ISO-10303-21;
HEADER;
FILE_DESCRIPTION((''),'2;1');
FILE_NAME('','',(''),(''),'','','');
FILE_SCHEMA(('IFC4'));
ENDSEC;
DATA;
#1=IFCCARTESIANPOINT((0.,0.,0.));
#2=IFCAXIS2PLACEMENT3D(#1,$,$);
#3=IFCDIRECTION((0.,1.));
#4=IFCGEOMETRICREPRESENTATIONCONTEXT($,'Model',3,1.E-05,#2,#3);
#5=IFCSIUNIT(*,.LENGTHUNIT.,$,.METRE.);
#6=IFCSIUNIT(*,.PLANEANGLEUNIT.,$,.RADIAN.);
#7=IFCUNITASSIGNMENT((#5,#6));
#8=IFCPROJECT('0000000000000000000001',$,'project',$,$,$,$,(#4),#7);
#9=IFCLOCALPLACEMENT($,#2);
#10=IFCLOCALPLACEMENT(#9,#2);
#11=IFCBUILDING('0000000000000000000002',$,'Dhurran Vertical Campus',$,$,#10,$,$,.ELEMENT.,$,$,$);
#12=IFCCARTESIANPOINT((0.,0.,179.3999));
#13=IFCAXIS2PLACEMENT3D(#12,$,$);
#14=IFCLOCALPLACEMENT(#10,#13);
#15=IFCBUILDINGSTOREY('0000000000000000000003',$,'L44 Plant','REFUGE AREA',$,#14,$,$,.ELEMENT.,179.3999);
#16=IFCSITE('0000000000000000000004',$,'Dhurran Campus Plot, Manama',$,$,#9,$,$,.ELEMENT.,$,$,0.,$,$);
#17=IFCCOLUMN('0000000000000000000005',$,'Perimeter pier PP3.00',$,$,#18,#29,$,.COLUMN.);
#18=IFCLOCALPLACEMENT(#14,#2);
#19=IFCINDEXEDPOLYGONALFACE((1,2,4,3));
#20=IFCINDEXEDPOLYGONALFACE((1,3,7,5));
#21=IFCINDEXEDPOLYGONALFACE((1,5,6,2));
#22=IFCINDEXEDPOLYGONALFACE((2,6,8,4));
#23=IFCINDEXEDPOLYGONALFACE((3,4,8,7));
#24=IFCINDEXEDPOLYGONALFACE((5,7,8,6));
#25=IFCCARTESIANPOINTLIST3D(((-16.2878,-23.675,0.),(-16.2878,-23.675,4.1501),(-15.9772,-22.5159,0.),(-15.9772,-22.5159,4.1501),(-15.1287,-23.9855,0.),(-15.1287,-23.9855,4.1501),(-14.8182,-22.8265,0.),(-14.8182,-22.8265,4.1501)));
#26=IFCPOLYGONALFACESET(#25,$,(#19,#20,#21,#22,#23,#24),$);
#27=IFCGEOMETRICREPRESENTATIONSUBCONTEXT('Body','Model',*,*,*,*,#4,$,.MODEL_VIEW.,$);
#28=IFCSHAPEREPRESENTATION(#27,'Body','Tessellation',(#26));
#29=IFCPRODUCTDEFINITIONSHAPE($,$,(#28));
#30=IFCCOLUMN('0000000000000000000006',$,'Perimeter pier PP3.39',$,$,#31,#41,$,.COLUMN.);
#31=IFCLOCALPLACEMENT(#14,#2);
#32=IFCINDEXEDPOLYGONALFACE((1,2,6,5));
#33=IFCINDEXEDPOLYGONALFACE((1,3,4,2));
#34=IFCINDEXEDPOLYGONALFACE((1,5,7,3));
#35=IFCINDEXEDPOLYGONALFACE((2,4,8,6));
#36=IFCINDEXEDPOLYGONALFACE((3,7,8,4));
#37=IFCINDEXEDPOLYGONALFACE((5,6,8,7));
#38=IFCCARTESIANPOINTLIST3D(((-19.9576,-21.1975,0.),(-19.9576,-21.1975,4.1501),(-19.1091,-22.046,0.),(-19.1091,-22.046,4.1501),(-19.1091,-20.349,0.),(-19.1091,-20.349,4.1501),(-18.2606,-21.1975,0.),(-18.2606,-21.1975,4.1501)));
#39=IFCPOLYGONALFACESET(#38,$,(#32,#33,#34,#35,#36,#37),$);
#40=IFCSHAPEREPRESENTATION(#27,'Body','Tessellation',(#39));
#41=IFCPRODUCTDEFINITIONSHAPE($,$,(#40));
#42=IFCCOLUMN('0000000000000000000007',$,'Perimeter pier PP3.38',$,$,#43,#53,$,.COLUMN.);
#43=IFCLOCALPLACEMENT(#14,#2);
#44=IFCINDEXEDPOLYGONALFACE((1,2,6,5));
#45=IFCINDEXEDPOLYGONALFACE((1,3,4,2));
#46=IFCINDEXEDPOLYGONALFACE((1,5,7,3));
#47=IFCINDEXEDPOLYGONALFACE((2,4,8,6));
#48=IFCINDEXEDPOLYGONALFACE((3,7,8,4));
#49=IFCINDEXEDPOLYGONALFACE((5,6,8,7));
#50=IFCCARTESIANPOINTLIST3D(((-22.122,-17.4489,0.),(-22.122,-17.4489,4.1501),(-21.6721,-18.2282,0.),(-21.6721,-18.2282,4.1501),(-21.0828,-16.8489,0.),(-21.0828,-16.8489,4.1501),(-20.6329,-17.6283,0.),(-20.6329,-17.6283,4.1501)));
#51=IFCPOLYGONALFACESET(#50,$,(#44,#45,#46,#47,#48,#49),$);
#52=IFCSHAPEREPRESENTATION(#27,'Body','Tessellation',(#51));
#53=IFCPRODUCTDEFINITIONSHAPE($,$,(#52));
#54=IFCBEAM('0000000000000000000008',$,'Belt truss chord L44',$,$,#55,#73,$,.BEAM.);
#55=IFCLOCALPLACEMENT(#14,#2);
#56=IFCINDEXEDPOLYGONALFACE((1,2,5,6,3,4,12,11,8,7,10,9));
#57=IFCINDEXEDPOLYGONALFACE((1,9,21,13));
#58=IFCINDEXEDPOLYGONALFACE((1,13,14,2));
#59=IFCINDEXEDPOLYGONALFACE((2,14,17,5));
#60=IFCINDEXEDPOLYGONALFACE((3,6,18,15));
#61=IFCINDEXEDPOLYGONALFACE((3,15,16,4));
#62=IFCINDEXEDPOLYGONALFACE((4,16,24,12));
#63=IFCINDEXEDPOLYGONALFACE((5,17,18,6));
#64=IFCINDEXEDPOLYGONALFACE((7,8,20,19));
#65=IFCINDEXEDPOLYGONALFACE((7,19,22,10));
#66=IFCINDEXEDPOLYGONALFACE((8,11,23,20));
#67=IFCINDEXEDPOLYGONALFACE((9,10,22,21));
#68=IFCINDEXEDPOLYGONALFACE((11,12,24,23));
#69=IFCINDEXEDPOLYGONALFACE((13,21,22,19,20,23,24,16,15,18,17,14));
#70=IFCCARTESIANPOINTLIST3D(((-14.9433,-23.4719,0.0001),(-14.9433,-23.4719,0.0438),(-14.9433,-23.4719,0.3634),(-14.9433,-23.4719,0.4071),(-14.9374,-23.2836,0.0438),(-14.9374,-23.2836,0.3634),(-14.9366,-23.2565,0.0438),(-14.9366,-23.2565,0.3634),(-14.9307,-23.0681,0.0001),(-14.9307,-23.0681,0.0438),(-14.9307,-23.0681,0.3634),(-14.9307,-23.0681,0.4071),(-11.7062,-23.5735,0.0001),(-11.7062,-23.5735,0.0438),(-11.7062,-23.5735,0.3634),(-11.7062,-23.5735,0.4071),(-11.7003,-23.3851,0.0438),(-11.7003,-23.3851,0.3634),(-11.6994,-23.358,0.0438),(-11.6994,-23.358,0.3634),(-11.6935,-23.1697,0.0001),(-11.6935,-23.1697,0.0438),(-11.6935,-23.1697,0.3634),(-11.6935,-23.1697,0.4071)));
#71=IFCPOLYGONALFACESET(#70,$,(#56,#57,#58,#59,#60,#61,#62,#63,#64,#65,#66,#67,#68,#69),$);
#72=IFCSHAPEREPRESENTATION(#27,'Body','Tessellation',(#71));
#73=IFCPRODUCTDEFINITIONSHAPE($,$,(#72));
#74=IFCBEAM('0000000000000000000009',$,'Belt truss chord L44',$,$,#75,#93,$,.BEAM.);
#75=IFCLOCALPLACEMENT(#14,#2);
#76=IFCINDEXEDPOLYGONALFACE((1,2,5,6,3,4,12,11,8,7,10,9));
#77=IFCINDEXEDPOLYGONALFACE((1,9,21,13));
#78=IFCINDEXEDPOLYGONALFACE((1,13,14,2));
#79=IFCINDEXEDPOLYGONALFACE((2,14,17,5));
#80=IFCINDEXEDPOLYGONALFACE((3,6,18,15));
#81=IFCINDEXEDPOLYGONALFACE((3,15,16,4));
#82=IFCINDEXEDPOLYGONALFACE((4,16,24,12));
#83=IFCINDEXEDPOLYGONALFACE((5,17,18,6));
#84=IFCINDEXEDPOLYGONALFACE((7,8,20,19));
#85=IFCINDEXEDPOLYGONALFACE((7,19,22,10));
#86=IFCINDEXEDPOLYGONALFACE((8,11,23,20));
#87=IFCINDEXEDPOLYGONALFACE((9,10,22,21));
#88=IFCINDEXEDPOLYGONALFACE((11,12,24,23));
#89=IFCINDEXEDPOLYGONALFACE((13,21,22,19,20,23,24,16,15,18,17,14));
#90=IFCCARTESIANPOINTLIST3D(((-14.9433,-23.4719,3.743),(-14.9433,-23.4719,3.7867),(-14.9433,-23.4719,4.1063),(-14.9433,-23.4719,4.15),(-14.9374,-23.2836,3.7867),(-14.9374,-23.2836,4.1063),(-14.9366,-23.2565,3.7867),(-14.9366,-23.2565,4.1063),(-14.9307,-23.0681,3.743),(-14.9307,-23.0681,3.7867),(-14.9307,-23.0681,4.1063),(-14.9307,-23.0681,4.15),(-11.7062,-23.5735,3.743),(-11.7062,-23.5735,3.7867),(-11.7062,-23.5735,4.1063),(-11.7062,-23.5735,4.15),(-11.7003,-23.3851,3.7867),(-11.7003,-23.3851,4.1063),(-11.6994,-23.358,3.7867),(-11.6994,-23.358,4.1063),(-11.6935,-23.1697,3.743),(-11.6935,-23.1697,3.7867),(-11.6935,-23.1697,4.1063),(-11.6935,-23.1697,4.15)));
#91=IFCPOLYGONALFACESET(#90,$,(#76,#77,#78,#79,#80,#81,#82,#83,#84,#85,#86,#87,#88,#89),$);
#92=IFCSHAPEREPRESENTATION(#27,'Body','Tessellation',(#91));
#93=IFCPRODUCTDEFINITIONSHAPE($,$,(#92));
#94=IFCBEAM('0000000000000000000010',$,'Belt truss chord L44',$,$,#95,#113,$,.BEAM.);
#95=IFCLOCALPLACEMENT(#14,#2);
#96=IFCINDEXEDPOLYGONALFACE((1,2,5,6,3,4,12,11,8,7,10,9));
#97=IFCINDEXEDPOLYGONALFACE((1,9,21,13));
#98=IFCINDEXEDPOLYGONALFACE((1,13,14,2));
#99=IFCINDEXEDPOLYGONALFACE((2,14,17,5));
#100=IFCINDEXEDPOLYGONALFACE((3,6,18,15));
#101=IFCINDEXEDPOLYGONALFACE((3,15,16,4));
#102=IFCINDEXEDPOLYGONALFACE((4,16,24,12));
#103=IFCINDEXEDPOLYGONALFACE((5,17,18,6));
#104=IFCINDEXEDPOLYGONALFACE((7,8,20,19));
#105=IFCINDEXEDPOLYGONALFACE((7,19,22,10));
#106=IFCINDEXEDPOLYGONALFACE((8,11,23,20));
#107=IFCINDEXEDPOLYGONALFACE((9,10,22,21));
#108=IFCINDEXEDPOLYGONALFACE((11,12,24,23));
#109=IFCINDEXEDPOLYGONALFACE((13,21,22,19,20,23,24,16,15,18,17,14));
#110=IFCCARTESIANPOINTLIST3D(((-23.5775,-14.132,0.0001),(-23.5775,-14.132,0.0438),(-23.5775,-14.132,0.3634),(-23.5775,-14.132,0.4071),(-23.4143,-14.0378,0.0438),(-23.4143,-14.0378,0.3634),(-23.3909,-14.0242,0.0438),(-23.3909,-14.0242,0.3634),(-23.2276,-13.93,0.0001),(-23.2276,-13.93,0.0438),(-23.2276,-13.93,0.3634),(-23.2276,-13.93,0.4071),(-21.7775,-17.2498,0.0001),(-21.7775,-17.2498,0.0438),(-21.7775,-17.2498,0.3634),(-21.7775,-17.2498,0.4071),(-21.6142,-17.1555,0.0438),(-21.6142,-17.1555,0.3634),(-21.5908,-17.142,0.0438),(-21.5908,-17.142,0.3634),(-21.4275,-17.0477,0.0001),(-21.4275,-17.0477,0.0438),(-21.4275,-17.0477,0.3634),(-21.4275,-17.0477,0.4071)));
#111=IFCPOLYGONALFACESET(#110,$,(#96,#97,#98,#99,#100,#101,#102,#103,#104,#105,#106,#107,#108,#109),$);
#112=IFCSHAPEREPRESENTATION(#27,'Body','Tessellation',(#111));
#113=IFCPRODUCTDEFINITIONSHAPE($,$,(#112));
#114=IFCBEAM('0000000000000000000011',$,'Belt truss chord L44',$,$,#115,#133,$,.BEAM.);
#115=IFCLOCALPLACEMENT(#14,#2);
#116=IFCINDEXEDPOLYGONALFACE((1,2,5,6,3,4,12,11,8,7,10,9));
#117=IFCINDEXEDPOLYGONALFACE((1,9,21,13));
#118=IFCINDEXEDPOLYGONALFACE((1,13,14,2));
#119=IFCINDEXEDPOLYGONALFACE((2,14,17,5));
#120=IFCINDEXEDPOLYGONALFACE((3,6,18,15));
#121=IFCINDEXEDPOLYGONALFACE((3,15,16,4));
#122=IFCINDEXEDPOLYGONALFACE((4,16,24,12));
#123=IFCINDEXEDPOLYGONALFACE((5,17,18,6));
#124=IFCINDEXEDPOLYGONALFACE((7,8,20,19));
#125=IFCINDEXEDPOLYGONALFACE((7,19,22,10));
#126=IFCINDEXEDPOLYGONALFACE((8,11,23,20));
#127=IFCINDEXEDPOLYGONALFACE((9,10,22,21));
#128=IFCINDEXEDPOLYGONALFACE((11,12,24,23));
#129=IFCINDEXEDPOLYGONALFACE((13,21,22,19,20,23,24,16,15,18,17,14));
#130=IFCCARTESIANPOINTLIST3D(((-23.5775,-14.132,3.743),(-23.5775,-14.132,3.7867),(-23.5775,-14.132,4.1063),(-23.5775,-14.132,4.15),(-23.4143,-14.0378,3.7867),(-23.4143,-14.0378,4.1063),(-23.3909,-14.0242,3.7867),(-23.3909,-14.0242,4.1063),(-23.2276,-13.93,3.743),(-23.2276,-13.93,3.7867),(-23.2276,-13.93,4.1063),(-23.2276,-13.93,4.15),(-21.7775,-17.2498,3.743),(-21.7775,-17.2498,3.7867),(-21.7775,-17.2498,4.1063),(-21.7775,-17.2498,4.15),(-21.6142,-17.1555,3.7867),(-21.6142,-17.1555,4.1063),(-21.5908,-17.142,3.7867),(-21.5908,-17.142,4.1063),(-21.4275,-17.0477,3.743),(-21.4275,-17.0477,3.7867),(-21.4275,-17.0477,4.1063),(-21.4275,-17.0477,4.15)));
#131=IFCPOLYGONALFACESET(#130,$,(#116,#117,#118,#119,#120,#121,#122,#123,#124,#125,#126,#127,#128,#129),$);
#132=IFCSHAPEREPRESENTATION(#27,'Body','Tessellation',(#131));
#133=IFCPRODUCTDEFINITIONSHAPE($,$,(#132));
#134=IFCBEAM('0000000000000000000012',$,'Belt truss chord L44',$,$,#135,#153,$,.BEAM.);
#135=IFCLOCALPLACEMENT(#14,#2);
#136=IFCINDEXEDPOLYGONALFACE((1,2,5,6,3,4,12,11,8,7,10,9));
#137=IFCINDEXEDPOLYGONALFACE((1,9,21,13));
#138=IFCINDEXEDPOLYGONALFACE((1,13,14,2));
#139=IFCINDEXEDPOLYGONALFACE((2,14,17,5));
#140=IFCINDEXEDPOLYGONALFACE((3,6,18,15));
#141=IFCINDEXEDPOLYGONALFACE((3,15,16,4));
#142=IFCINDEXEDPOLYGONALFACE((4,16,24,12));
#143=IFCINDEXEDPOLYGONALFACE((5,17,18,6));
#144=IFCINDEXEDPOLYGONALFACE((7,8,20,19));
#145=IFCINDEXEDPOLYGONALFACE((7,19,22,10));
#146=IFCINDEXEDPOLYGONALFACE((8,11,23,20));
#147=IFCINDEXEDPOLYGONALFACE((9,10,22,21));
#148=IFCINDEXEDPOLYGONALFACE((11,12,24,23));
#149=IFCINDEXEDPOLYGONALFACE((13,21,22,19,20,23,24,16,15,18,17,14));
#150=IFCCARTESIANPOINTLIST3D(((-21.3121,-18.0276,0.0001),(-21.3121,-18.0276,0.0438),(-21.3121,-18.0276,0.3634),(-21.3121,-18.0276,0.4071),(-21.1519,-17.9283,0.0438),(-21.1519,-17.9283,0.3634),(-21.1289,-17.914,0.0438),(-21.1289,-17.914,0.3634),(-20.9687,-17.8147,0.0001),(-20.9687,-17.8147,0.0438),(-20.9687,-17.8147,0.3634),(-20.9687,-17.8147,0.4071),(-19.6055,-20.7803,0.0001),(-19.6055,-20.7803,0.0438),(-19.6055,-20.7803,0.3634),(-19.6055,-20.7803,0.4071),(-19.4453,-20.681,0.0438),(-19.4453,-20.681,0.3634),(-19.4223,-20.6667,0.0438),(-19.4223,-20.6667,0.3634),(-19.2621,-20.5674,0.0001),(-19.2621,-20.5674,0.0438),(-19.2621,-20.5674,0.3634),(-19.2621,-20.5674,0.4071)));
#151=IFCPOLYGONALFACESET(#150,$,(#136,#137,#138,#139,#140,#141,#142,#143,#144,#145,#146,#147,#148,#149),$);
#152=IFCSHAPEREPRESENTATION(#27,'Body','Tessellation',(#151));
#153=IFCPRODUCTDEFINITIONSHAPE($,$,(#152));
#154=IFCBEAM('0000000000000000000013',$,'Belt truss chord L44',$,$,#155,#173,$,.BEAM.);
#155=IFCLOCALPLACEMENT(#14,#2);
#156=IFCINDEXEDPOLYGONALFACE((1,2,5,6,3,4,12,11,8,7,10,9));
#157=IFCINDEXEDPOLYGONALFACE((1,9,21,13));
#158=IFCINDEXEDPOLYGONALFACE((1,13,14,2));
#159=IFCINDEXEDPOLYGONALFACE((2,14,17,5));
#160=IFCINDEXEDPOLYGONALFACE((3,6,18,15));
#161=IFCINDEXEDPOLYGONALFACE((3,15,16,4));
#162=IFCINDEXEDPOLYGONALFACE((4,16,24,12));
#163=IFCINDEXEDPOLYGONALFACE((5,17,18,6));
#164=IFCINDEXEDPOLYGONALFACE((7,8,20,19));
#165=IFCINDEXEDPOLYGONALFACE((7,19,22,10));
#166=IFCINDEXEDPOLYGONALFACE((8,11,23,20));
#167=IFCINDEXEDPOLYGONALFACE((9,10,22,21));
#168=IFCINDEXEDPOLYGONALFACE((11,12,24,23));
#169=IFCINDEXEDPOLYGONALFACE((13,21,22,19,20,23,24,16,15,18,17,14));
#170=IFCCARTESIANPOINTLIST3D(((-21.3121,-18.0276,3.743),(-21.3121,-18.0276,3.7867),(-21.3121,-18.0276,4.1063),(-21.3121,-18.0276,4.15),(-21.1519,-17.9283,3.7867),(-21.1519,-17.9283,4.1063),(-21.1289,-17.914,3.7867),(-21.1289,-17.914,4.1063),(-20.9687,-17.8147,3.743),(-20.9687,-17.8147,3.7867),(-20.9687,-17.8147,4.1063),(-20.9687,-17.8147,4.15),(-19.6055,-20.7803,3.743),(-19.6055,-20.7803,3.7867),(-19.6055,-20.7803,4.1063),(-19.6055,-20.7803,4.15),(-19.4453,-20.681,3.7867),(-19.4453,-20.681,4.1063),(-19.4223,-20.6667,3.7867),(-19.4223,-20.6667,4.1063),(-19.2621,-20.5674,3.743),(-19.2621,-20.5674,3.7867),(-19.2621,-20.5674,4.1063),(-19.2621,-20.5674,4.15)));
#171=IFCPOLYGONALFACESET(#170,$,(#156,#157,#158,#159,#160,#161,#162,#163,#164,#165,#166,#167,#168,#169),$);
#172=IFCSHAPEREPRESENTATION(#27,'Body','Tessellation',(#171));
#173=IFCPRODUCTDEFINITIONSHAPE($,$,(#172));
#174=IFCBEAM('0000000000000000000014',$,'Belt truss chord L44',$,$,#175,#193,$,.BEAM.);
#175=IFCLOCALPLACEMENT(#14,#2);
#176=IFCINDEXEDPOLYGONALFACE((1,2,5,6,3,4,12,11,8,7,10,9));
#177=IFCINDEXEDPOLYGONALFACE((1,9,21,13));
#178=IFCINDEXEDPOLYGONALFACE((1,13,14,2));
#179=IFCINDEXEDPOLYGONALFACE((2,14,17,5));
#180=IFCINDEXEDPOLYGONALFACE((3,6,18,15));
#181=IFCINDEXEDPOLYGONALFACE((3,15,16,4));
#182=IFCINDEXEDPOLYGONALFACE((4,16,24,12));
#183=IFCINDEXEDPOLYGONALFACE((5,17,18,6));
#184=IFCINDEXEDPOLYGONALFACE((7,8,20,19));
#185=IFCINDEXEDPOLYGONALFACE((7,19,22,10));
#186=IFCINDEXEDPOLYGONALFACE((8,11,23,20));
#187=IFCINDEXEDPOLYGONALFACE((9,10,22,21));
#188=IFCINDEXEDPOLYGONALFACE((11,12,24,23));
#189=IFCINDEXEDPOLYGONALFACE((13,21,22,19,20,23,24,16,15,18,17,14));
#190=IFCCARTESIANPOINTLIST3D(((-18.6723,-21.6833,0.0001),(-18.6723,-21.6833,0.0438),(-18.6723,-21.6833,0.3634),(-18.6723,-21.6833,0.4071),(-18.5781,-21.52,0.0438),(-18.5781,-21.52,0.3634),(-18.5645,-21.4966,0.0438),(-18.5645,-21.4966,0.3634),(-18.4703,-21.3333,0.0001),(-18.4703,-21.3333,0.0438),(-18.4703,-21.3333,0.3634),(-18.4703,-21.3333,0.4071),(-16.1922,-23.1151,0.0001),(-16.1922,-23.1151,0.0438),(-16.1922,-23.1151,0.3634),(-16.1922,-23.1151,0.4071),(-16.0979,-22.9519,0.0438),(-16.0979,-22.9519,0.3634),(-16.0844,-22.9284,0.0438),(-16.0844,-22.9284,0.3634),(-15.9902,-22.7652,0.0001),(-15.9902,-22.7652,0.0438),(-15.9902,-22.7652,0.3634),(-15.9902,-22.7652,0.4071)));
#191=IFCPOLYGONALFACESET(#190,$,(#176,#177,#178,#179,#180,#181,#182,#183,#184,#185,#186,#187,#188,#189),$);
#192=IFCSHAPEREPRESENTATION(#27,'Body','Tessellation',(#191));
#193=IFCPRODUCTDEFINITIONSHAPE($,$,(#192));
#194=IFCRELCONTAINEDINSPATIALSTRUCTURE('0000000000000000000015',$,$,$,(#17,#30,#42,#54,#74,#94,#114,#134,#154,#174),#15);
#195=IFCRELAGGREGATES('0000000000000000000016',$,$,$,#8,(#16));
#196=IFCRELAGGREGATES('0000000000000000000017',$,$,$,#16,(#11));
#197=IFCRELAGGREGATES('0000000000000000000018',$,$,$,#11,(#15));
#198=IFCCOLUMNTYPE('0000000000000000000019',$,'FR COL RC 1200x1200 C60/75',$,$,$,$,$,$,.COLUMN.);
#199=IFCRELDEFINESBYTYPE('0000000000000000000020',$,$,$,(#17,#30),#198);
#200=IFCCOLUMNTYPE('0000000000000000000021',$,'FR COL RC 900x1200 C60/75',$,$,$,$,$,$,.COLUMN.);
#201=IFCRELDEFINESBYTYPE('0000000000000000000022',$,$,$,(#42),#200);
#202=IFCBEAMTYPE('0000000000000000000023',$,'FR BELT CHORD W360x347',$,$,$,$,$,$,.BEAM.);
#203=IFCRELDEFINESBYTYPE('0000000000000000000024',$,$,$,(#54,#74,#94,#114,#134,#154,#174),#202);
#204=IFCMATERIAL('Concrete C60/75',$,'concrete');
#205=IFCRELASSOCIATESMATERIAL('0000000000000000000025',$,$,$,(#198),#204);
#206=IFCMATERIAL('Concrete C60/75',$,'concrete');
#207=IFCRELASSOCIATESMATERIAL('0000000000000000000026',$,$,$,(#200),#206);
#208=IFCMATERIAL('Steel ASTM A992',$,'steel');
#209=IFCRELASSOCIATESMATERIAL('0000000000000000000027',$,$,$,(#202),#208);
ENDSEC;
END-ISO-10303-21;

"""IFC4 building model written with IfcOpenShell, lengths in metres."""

from ifc_helpers import new_model, si_unit, direction, frame, origin, origin_2d, place, context, subcontext, project, spatial, rectangle, i_section, extrude, material, material_profile, profile_set, type_object, element, save


model = new_model("IFC4")

# Units and contexts
model_context = context("Model", 3, precision=1e-05, world=origin(), true_north=direction((0.0, 1.0)))
body_context = subcontext(model_context, "Body", "Model", "MODEL_VIEW")
ifc_project = project(units=[si_unit("LENGTHUNIT", "METRE"), si_unit("PLANEANGLEUNIT", "RADIAN")], contexts=[model_context])

# Site, building, storey
site_placement = place(None, origin())
site = spatial("IfcSite", under=ifc_project, at=site_placement, Name="Dhurran Campus Plot, Manama", CompositionType="ELEMENT", RefElevation=0.0)
building_placement = place(site_placement, origin())
building = spatial("IfcBuilding", under=site, at=building_placement, Name="Dhurran Vertical Campus", CompositionType="ELEMENT")
storey_placement = place(building_placement, frame((0.0, 0.0, 179.3999)))
storey = spatial("IfcBuildingStorey", under=building, at=storey_placement, Name="L44 Plant", Description="REFUGE AREA", CompositionType="ELEMENT", Elevation=179.3999)

# Columns
ifc_material_1 = material(Name="Concrete C60/75", Category="concrete")
ifc_material_profile_1 = material_profile(ifc_material_1, rectangle(XDim=1.2, YDim=1.2, at=origin_2d()), Name="RC 1200x1200")
ifc_profile_set_1 = profile_set([ifc_material_profile_1], Name="Concrete C60/75")
column_type_1 = type_object("IfcColumnType", Name="FR COL RC 1200x1200 C60/75", PredefinedType="COLUMN", material=ifc_profile_set_1)
for number, where, z_axis, x_axis, name in (
    (1, (-15.553, -23.2507, 0.0), (0.0, 0.0, 1.0), (0.965926, -0.258819, 0.0), "Perimeter pier PP3.00"),
    (2, (-19.1091, -21.1975, 0.0), (0.0, 0.0, 1.0), (0.707107, -0.707107, 0.0), "Perimeter pier PP3.39"),
):
    element("IfcColumn", number, at=place(storey_placement, frame(where, z_axis=z_axis, x_axis=x_axis)), inside=storey, type_object=column_type_1, Name=name, PredefinedType="COLUMN", context=body_context, shape_type="SweptSolid", body=[
        extrude(rectangle(XDim=1.2, YDim=1.2, at=origin_2d()), origin(), (0.0, 0.0, 1.0), 4.1501),
    ])
ifc_material_2 = material(Name="Concrete C60/75", Category="concrete")
ifc_material_profile_2 = material_profile(ifc_material_2, rectangle(XDim=0.8999, YDim=1.2, at=origin_2d()), Name="RC 900x1200")
ifc_profile_set_2 = profile_set([ifc_material_profile_2], Name="Concrete C60/75")
column_type_2 = type_object("IfcColumnType", Name="FR COL RC 900x1200 C60/75", PredefinedType="COLUMN", material=ifc_profile_set_2)
column_placement = place(storey_placement, frame((-21.3774, -17.5386, 0.0), z_axis=(0.0, 0.0, 1.0), x_axis=(0.5, -0.866025, 0.0)))
element("IfcColumn", 3, at=column_placement, inside=storey, type_object=column_type_2, Name="Perimeter pier PP3.38", PredefinedType="COLUMN", context=body_context, shape_type="SweptSolid", body=[
    extrude(rectangle(XDim=0.8999, YDim=1.2, at=origin_2d()), origin(), (0.0, 0.0, 1.0), 4.1501),
])

# Beams
ifc_material_3 = material(Name="Steel ASTM A992", Category="steel")
ifc_material_profile_3 = material_profile(ifc_material_3, i_section(OverallWidth=0.4041, OverallDepth=0.407, WebThickness=0.0271, FlangeThickness=0.0437, at=origin_2d()), Name="W360x347")
ifc_profile_set_3 = profile_set([ifc_material_profile_3], Name="Steel ASTM A992")
beam_type = type_object("IfcBeamType", Name="FR BELT CHORD W360x347", PredefinedType="BEAM", material=ifc_profile_set_3)
for number, where, z_axis, x_axis, name in (
    (4, (-14.937, -23.27, 0.2036), (0.999508, -0.031359, 0.0), (0.031359, 0.999508, 0.0), "Belt truss chord L44"),
    (5, (-14.937, -23.27, 3.9465), (0.999508, -0.031359, 0.0), (0.031359, 0.999508, 0.0), "Belt truss chord L44"),
):
    element("IfcBeam", number, at=place(storey_placement, frame(where, z_axis=z_axis, x_axis=x_axis)), inside=storey, type_object=beam_type, Name=name, PredefinedType="BEAM", context=body_context, shape_type="SweptSolid", body=[
        extrude(i_section(OverallWidth=0.4041, OverallDepth=0.407, WebThickness=0.0271, FlangeThickness=0.0437, at=origin_2d()), origin(), (0.0, 0.0, 1.0), 3.2388),
    ])
for number, where, z_axis, x_axis, name in (
    (6, (-23.4026, -14.031, 0.2036), (0.500012, -0.866018, 0.0), (0.866018, 0.500012, 0.0), "Belt truss chord L44"),
    (7, (-23.4026, -14.031, 3.9465), (0.500012, -0.866018, 0.0), (0.866018, 0.500012, 0.0), "Belt truss chord L44"),
):
    element("IfcBeam", number, at=place(storey_placement, frame(where, z_axis=z_axis, x_axis=x_axis)), inside=storey, type_object=beam_type, Name=name, PredefinedType="BEAM", context=body_context, shape_type="SweptSolid", body=[
        extrude(i_section(OverallWidth=0.4041, OverallDepth=0.407, WebThickness=0.0271, FlangeThickness=0.0437, at=origin_2d()), origin(), (0.0, 0.0, 1.0), 3.6001),
    ])
for number, where, z_axis, x_axis, name in (
    (8, (-21.1404, -17.9211, 0.2036), (0.526912, -0.84992, 0.0), (0.84992, 0.526912, 0.0), "Belt truss chord L44"),
    (9, (-21.1404, -17.9211, 3.9465), (0.526912, -0.84992, 0.0), (0.84992, 0.526912, 0.0), "Belt truss chord L44"),
):
    element("IfcBeam", number, at=place(storey_placement, frame(where, z_axis=z_axis, x_axis=x_axis)), inside=storey, type_object=beam_type, Name=name, PredefinedType="BEAM", context=body_context, shape_type="SweptSolid", body=[
        extrude(i_section(OverallWidth=0.4041, OverallDepth=0.407, WebThickness=0.0271, FlangeThickness=0.0437, at=origin_2d()), origin(), (0.0, 0.0, 1.0), 3.2388),
    ])
for number, where, z_axis, x_axis, name in (
    (10, (-18.5713, -21.5083, 0.2036), (0.866037, -0.499981, 0.0), (0.499981, 0.866037, 0.0), "Belt truss chord L44"),
):
    element("IfcBeam", number, at=place(storey_placement, frame(where, z_axis=z_axis, x_axis=x_axis)), inside=storey, type_object=beam_type, Name=name, PredefinedType="BEAM", context=body_context, shape_type="SweptSolid", body=[
        extrude(i_section(OverallWidth=0.4041, OverallDepth=0.407, WebThickness=0.0271, FlangeThickness=0.0437, at=origin_2d()), origin(), (0.0, 0.0, 1.0), 2.8638),
    ])

save(model, "model.ifc")
